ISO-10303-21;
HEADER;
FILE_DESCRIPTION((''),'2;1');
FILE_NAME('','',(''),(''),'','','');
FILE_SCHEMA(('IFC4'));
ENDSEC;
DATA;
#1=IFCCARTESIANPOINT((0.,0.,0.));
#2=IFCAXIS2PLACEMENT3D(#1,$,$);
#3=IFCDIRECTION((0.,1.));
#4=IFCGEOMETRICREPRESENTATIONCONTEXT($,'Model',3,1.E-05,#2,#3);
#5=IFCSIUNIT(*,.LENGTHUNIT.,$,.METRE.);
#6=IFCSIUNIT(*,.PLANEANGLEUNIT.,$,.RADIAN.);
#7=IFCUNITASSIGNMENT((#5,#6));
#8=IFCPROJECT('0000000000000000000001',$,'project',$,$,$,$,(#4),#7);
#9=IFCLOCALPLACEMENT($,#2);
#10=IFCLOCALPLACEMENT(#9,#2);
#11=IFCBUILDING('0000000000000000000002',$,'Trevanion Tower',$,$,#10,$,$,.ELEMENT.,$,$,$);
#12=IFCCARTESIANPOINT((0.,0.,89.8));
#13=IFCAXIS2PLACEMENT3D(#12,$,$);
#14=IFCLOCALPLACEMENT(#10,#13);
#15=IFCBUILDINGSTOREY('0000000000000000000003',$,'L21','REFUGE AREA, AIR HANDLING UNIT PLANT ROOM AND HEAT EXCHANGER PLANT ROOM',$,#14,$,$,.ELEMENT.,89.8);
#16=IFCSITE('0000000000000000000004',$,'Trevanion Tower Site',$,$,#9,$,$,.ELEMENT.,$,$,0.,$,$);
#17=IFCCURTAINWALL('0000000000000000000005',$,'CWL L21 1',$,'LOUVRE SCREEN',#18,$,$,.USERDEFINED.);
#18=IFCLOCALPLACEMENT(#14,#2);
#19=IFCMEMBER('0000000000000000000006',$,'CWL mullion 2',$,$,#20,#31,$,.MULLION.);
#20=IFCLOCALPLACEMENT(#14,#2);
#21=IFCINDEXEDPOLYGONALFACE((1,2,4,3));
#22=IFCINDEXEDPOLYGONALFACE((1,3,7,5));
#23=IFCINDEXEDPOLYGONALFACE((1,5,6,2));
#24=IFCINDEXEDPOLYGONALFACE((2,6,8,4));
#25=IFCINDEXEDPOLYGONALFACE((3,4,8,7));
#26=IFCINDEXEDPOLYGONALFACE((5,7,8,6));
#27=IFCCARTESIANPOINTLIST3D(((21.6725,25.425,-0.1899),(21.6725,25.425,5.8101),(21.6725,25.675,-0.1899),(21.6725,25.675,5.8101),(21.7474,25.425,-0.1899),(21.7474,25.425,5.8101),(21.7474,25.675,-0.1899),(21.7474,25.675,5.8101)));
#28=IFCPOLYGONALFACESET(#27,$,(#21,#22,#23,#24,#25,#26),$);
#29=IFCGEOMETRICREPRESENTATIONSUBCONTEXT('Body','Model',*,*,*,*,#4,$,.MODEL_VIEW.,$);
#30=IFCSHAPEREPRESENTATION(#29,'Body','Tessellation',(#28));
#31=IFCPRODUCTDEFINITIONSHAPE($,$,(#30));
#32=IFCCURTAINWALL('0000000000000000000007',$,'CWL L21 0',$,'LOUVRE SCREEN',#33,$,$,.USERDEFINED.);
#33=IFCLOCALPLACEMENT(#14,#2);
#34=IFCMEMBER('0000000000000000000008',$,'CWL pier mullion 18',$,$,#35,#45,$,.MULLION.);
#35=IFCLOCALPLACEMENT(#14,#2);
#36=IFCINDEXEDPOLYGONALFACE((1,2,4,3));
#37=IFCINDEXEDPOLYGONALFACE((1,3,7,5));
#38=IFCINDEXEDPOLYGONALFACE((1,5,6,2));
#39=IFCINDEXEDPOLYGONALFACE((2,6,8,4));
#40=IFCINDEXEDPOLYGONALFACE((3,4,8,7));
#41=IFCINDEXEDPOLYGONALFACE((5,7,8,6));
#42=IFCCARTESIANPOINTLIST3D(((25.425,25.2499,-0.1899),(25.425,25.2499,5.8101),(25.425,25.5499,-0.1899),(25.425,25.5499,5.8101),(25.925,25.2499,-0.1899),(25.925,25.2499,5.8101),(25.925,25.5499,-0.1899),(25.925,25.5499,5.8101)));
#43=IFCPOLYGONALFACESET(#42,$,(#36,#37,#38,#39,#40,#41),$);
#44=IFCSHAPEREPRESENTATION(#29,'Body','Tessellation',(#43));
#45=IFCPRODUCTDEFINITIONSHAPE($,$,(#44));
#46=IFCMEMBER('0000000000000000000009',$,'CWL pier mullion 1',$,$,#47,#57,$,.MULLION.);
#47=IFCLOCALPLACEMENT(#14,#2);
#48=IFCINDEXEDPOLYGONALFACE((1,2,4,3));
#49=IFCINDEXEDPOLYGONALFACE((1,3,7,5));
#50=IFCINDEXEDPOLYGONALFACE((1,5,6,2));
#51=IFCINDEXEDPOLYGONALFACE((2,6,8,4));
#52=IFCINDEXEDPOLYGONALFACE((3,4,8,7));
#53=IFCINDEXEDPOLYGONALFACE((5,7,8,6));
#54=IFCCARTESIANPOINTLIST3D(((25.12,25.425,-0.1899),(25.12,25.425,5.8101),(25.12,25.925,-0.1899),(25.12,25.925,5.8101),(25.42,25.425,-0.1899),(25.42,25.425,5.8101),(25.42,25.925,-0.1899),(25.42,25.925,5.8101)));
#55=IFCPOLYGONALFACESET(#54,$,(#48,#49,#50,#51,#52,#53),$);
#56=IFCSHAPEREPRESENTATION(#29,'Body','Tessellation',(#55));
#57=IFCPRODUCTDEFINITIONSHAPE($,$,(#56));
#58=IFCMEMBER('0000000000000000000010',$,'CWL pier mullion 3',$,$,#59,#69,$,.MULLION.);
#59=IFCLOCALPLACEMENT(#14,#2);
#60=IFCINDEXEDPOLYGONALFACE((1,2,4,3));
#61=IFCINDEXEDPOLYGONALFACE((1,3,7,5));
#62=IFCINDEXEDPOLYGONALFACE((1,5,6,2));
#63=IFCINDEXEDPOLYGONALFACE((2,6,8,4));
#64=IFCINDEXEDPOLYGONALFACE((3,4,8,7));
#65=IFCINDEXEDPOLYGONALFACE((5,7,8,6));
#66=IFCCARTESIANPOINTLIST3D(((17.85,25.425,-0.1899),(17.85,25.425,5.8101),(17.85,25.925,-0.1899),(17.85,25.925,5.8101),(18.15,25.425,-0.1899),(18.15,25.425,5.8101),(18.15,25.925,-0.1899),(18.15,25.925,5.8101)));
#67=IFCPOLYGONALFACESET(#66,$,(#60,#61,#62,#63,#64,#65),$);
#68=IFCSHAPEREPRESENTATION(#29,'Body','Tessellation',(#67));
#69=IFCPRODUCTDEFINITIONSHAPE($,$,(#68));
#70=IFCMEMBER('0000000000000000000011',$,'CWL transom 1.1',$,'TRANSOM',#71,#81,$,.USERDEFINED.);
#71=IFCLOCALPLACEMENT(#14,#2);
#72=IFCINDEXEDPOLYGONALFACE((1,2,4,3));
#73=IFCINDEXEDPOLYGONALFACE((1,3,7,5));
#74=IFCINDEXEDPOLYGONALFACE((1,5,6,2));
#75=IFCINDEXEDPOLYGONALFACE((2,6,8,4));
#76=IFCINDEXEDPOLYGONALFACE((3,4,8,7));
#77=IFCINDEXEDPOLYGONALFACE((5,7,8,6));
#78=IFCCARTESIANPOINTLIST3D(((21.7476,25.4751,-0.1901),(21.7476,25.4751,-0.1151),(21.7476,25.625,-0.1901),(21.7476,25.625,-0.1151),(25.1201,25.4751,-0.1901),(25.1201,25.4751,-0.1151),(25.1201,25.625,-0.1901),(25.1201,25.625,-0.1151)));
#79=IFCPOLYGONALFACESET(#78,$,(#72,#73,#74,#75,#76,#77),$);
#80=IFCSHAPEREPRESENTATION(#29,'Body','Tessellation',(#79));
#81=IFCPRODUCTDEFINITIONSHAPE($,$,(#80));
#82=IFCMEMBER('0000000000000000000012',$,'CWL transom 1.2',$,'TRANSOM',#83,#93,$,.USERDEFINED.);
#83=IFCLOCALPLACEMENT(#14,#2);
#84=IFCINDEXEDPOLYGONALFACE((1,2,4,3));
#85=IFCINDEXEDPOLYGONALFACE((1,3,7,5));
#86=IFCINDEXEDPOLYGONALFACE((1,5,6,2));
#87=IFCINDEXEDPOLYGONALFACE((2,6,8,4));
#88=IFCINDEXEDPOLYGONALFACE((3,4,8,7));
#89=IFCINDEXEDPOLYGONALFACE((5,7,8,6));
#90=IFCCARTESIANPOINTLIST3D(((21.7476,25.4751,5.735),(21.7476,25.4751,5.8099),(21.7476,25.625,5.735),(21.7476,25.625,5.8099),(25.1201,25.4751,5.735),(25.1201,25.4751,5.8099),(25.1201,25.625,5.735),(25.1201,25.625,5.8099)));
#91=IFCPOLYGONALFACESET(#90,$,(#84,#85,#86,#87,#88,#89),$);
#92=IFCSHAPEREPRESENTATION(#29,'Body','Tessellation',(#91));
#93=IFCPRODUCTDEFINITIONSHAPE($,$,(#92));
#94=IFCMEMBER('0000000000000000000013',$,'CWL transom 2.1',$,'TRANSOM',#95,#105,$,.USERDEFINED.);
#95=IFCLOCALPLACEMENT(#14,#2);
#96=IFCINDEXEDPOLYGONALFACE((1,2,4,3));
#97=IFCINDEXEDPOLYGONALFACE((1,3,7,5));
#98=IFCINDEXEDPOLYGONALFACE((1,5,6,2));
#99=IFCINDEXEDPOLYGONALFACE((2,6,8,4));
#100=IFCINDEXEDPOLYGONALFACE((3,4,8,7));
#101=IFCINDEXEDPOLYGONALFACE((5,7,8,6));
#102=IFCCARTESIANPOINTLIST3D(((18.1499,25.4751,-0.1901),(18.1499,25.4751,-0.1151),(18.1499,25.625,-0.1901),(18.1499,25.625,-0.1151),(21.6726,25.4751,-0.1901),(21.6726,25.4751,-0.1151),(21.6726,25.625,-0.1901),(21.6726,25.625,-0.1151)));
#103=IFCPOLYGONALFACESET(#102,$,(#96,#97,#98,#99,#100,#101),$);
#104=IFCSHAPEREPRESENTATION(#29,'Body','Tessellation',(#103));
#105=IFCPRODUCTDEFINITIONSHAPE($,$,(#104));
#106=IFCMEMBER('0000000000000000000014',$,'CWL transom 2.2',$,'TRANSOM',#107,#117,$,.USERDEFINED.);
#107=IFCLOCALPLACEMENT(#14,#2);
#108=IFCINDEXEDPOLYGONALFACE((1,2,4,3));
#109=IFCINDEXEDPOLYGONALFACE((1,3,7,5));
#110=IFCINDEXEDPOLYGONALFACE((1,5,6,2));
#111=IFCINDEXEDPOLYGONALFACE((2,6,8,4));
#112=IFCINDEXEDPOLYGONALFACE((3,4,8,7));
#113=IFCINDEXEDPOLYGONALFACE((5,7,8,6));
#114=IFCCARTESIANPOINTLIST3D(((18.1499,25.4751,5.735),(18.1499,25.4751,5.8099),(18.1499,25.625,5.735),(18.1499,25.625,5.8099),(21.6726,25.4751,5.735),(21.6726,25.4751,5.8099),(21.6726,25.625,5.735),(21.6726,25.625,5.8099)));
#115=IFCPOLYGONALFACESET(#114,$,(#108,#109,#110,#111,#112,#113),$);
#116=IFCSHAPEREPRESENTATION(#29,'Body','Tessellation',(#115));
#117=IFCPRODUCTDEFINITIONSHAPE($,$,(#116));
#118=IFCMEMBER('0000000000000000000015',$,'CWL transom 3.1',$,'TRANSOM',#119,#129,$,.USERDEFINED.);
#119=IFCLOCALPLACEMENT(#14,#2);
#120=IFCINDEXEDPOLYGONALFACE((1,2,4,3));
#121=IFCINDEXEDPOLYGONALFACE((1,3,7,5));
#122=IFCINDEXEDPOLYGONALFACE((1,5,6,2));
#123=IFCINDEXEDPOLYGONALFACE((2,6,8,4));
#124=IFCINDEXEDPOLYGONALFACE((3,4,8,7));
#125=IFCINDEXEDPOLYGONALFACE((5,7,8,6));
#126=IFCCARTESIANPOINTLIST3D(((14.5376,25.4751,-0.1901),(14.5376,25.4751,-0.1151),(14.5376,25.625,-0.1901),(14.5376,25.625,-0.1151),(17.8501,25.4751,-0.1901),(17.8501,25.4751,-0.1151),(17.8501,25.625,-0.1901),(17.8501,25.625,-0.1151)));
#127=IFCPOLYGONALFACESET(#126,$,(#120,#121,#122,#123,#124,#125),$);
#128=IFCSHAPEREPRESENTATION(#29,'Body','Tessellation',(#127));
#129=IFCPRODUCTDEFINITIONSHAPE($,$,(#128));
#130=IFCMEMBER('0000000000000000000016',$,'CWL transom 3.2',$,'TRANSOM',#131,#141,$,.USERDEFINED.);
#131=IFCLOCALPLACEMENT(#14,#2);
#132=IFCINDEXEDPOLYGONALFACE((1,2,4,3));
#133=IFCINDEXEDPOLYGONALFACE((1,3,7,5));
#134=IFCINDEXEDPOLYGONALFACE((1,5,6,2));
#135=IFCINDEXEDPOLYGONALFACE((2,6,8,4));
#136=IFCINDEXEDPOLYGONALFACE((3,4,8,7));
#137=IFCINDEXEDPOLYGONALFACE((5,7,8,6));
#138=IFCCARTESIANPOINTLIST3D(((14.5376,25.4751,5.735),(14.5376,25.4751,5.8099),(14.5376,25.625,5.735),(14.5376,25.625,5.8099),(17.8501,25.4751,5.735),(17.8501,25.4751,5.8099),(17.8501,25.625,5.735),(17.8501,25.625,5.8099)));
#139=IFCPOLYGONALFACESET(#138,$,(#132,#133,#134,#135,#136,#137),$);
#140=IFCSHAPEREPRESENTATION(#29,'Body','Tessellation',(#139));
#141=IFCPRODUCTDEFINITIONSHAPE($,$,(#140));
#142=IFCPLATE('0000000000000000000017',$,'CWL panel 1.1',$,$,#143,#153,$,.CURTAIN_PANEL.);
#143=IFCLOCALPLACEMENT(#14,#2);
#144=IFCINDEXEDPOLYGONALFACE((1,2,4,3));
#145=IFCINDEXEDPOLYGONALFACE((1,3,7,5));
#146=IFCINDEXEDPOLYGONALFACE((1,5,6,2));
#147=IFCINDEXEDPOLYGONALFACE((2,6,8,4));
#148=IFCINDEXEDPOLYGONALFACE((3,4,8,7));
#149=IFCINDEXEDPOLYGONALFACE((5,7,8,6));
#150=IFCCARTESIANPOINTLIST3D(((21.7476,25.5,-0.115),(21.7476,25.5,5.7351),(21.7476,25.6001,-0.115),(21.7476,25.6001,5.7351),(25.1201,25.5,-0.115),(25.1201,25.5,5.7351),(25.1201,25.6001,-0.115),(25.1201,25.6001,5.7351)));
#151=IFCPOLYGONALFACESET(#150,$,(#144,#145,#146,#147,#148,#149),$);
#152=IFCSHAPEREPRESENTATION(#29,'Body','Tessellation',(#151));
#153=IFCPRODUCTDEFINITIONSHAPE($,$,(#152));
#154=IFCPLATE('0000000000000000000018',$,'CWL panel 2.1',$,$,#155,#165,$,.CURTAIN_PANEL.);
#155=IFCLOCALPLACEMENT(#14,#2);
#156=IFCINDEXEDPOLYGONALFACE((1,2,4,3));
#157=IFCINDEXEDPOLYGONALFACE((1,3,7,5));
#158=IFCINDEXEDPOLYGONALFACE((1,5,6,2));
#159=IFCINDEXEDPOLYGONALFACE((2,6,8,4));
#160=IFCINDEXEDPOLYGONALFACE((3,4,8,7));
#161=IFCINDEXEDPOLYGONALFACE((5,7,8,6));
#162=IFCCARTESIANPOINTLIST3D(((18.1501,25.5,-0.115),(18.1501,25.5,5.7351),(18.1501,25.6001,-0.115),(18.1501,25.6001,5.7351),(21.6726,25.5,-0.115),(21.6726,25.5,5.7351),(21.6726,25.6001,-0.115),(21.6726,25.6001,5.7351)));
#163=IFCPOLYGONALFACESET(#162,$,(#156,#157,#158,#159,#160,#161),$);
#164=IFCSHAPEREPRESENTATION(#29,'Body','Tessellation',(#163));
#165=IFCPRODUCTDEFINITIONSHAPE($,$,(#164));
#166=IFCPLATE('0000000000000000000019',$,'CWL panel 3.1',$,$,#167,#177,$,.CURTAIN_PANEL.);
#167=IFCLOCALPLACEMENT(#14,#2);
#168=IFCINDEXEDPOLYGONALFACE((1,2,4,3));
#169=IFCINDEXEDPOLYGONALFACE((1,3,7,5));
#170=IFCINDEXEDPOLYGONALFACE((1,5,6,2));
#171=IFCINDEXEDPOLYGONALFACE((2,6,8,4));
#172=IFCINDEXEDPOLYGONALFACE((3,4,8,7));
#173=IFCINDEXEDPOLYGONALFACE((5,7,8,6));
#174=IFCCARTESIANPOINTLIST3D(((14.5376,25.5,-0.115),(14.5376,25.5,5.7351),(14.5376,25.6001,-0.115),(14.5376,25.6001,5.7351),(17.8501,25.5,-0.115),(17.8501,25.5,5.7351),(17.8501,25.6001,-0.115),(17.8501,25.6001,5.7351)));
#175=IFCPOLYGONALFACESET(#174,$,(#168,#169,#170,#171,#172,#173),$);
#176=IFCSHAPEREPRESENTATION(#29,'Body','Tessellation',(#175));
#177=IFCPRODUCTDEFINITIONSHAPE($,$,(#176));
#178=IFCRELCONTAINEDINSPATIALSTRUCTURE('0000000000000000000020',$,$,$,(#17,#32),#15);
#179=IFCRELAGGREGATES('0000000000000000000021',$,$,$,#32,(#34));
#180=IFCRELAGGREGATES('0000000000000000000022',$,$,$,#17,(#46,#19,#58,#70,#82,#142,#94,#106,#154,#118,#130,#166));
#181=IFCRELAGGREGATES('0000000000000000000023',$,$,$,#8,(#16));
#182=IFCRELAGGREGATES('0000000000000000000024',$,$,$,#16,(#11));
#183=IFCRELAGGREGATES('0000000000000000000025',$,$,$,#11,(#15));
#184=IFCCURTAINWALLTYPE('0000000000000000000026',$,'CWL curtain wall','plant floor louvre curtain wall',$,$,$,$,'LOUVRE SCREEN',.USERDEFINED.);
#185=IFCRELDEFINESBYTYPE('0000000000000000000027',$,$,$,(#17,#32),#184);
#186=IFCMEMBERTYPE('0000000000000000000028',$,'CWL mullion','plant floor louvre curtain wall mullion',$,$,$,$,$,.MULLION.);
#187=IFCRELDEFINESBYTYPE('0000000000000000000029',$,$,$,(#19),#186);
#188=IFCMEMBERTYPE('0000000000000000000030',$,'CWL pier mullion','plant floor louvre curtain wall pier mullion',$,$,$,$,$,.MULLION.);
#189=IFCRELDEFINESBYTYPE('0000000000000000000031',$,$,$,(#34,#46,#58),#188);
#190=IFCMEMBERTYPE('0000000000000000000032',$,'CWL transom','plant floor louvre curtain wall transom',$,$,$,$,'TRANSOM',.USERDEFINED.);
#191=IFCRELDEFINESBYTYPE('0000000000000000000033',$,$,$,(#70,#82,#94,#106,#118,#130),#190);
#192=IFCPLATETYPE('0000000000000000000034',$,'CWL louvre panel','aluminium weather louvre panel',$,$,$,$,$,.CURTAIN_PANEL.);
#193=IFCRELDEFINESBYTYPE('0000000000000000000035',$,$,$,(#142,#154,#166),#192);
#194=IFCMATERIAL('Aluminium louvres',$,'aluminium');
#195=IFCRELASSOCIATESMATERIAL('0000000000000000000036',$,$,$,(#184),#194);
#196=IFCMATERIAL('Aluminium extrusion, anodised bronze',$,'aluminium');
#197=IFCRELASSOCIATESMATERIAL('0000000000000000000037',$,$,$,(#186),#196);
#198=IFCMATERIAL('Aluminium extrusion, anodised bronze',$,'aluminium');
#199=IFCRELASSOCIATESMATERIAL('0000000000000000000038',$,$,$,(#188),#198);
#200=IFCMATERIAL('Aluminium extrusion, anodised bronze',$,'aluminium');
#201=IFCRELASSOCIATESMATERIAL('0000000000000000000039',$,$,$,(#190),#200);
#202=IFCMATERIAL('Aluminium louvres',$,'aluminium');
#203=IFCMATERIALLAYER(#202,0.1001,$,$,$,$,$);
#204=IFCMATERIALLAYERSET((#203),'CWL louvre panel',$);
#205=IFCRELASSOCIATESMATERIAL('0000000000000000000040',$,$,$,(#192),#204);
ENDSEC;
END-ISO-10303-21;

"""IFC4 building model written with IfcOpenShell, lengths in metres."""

from ifc_helpers import new_model, si_unit, direction, frame, origin, origin_2d, place, context, subcontext, project, spatial, rectangle, extrude, material, layer, layer_set, material_profile, profile_set, type_object, element, aggregate, save


model = new_model("IFC4")

# Units and contexts
model_context = context("Model", 3, precision=1e-05, world=origin(), true_north=direction((0.0, 1.0)))
body_context = subcontext(model_context, "Body", "Model", "MODEL_VIEW")
ifc_project = project(units=[si_unit("LENGTHUNIT", "METRE"), si_unit("PLANEANGLEUNIT", "RADIAN")], contexts=[model_context])

# Site, building, storey
site_placement = place(None, origin())
site = spatial("IfcSite", under=ifc_project, at=site_placement, Name="Trevanion Tower Site", CompositionType="ELEMENT", RefElevation=0.0)
building_placement = place(site_placement, origin())
building = spatial("IfcBuilding", under=site, at=building_placement, Name="Trevanion Tower", CompositionType="ELEMENT")
storey_placement = place(building_placement, frame((0.0, 0.0, 89.8)))
storey = spatial("IfcBuildingStorey", under=building, at=storey_placement, Name="L21", Description="REFUGE AREA, AIR HANDLING UNIT PLANT ROOM AND HEAT EXCHANGER PLANT ROOM", CompositionType="ELEMENT", Elevation=89.8)

# Curtain walls, members
ifc_material_1 = material(Name="Aluminium louvres", Category="aluminium")
curtain_wall_type = type_object("IfcCurtainWallType", Name="CWL curtain wall", Description="plant floor louvre curtain wall", ElementType="LOUVRE SCREEN", PredefinedType="USERDEFINED", material=ifc_material_1)
curtain_wall_1_placement = place(storey_placement, origin())
curtain_wall_1 = element("IfcCurtainWall", 1, at=curtain_wall_1_placement, inside=storey, type_object=curtain_wall_type, Name="CWL L21 1", ObjectType="LOUVRE SCREEN", PredefinedType="USERDEFINED")
ifc_material_2 = material(Name="Aluminium extrusion, anodised bronze", Category="aluminium")
ifc_material_profile_1 = material_profile(ifc_material_2, rectangle(XDim=0.075, YDim=0.25, at=origin_2d()), Name="CWL mullion")
ifc_profile_set_1 = profile_set([ifc_material_profile_1], Name="Aluminium extrusion, anodised bronze")
member_type_1 = type_object("IfcMemberType", Name="CWL mullion", Description="plant floor louvre curtain wall mullion", PredefinedType="MULLION", material=ifc_profile_set_1)
member_1_placement = place(storey_placement, frame((21.71, 25.55, -0.1899), z_axis=(0.0, 0.0, 1.0), x_axis=(-1.0, 0.0, 0.0)))
member_1 = element("IfcMember", 2, at=member_1_placement, type_object=member_type_1, Name="CWL mullion 2", PredefinedType="MULLION", context=body_context, shape_type="SweptSolid", body=[
    extrude(rectangle(XDim=0.075, YDim=0.25, at=origin_2d()), origin(), (0.0, 0.0, 1.0), 6.0),
])
curtain_wall_2_placement = place(storey_placement, origin())
curtain_wall_2 = element("IfcCurtainWall", 3, at=curtain_wall_2_placement, inside=storey, type_object=curtain_wall_type, Name="CWL L21 0", ObjectType="LOUVRE SCREEN", PredefinedType="USERDEFINED")
ifc_material_3 = material(Name="Aluminium extrusion, anodised bronze", Category="aluminium")
ifc_material_profile_2 = material_profile(ifc_material_3, rectangle(XDim=0.3, YDim=0.5, at=origin_2d()), Name="CWL pier mullion")
ifc_profile_set_2 = profile_set([ifc_material_profile_2], Name="Aluminium extrusion, anodised bronze")
member_type_2 = type_object("IfcMemberType", Name="CWL pier mullion", Description="plant floor louvre curtain wall pier mullion", PredefinedType="MULLION", material=ifc_profile_set_2)
member_2_placement = place(storey_placement, frame((25.675, 25.3999, -0.1899), z_axis=(0.0, 0.0, 1.0), x_axis=(0.0, 1.0, 0.0)))
member_2 = element("IfcMember", 4, at=member_2_placement, type_object=member_type_2, Name="CWL pier mullion 18", PredefinedType="MULLION", context=body_context, shape_type="SweptSolid", body=[
    extrude(rectangle(XDim=0.3, YDim=0.5, at=origin_2d()), origin(), (0.0, 0.0, 1.0), 6.0),
])
aggregate(curtain_wall_2, [member_2])

# Members
member_3_placement = place(storey_placement, frame((25.27, 25.675, -0.1899), z_axis=(0.0, 0.0, 1.0), x_axis=(-1.0, 0.0, 0.0)))
member_3 = element("IfcMember", 5, at=member_3_placement, type_object=member_type_2, Name="CWL pier mullion 1", PredefinedType="MULLION", context=body_context, shape_type="SweptSolid", body=[
    extrude(rectangle(XDim=0.3, YDim=0.5, at=origin_2d()), origin(), (0.0, 0.0, 1.0), 6.0),
])
member_4_placement = place(storey_placement, frame((18.0, 25.675, -0.1899), z_axis=(0.0, 0.0, 1.0), x_axis=(-1.0, 0.0, 0.0)))
member_4 = element("IfcMember", 6, at=member_4_placement, type_object=member_type_2, Name="CWL pier mullion 3", PredefinedType="MULLION", context=body_context, shape_type="SweptSolid", body=[
    extrude(rectangle(XDim=0.3, YDim=0.5, at=origin_2d()), origin(), (0.0, 0.0, 1.0), 6.0),
])
ifc_material_4 = material(Name="Aluminium extrusion, anodised bronze", Category="aluminium")
ifc_material_profile_3 = material_profile(ifc_material_4, rectangle(XDim=0.1499, YDim=0.075, at=origin_2d()), Name="CWL transom")
ifc_profile_set_3 = profile_set([ifc_material_profile_3], Name="Aluminium extrusion, anodised bronze")
member_type_3 = type_object("IfcMemberType", Name="CWL transom", Description="plant floor louvre curtain wall transom", ElementType="TRANSOM", PredefinedType="USERDEFINED", material=ifc_profile_set_3)
member_5_placement = place(storey_placement, frame((25.1201, 25.55, -0.1526), z_axis=(-1.0, 0.0, 0.0), x_axis=(0.0, -1.0, 0.0)))
member_5 = element("IfcMember", 7, at=member_5_placement, type_object=member_type_3, Name="CWL transom 1.1", ObjectType="TRANSOM", PredefinedType="USERDEFINED", context=body_context, shape_type="SweptSolid", body=[
    extrude(rectangle(XDim=0.1499, YDim=0.075, at=origin_2d()), origin(), (0.0, 0.0, 1.0), 3.3726),
])
member_6_placement = place(storey_placement, frame((25.1201, 25.55, 5.7725), z_axis=(-1.0, 0.0, 0.0), x_axis=(0.0, -1.0, 0.0)))
member_6 = element("IfcMember", 8, at=member_6_placement, type_object=member_type_3, Name="CWL transom 1.2", ObjectType="TRANSOM", PredefinedType="USERDEFINED", context=body_context, shape_type="SweptSolid", body=[
    extrude(rectangle(XDim=0.1499, YDim=0.075, at=origin_2d()), origin(), (0.0, 0.0, 1.0), 3.3726),
])
member_7_placement = place(storey_placement, frame((21.6726, 25.55, -0.1526), z_axis=(-1.0, 0.0, 0.0), x_axis=(0.0, -1.0, 0.0)))
member_7 = element("IfcMember", 9, at=member_7_placement, type_object=member_type_3, Name="CWL transom 2.1", ObjectType="TRANSOM", PredefinedType="USERDEFINED", context=body_context, shape_type="SweptSolid", body=[
    extrude(rectangle(XDim=0.1499, YDim=0.075, at=origin_2d()), origin(), (0.0, 0.0, 1.0), 3.5227),
])
member_8_placement = place(storey_placement, frame((21.6726, 25.55, 5.7725), z_axis=(-1.0, 0.0, 0.0), x_axis=(0.0, -1.0, 0.0)))
member_8 = element("IfcMember", 10, at=member_8_placement, type_object=member_type_3, Name="CWL transom 2.2", ObjectType="TRANSOM", PredefinedType="USERDEFINED", context=body_context, shape_type="SweptSolid", body=[
    extrude(rectangle(XDim=0.1499, YDim=0.075, at=origin_2d()), origin(), (0.0, 0.0, 1.0), 3.5227),
])
member_9_placement = place(storey_placement, frame((17.8501, 25.55, -0.1526), z_axis=(-1.0, 0.0, 0.0), x_axis=(0.0, -1.0, 0.0)))
member_9 = element("IfcMember", 11, at=member_9_placement, type_object=member_type_3, Name="CWL transom 3.1", ObjectType="TRANSOM", PredefinedType="USERDEFINED", context=body_context, shape_type="SweptSolid", body=[
    extrude(rectangle(XDim=0.1499, YDim=0.075, at=origin_2d()), origin(), (0.0, 0.0, 1.0), 3.3125),
])
member_10_placement = place(storey_placement, frame((17.8501, 25.55, 5.7725), z_axis=(-1.0, 0.0, 0.0), x_axis=(0.0, -1.0, 0.0)))
member_10 = element("IfcMember", 12, at=member_10_placement, type_object=member_type_3, Name="CWL transom 3.2", ObjectType="TRANSOM", PredefinedType="USERDEFINED", context=body_context, shape_type="SweptSolid", body=[
    extrude(rectangle(XDim=0.1499, YDim=0.075, at=origin_2d()), origin(), (0.0, 0.0, 1.0), 3.3125),
])

# Plates
ifc_material_5 = material(Name="Aluminium louvres", Category="aluminium")
ifc_layer = layer(ifc_material_5, 0.1001)
ifc_layer_set = layer_set([ifc_layer], Name="CWL louvre panel")
plate_type = type_object("IfcPlateType", Name="CWL louvre panel", Description="aluminium weather louvre panel", PredefinedType="CURTAIN_PANEL", material=ifc_layer_set)
plate_1_placement = place(storey_placement, frame((23.4338, 25.55, -0.115), z_axis=(0.0, 0.0, 1.0), x_axis=(-1.0, 0.0, 0.0)))
plate_1 = element("IfcPlate", 13, at=plate_1_placement, type_object=plate_type, Name="CWL panel 1.1", PredefinedType="CURTAIN_PANEL", context=body_context, shape_type="SweptSolid", body=[
    extrude(rectangle(XDim=3.3726, YDim=0.1001, at=origin_2d()), origin(), (0.0, 0.0, 1.0), 5.8501),
])
plate_2_placement = place(storey_placement, frame((19.9114, 25.55, -0.115), z_axis=(0.0, 0.0, 1.0), x_axis=(-1.0, 0.0, 0.0)))
plate_2 = element("IfcPlate", 14, at=plate_2_placement, type_object=plate_type, Name="CWL panel 2.1", PredefinedType="CURTAIN_PANEL", context=body_context, shape_type="SweptSolid", body=[
    extrude(rectangle(XDim=3.5225, YDim=0.1001, at=origin_2d()), origin(), (0.0, 0.0, 1.0), 5.8501),
])
plate_3_placement = place(storey_placement, frame((16.1938, 25.55, -0.115), z_axis=(0.0, 0.0, 1.0), x_axis=(-1.0, 0.0, 0.0)))
plate_3 = element("IfcPlate", 15, at=plate_3_placement, type_object=plate_type, Name="CWL panel 3.1", PredefinedType="CURTAIN_PANEL", context=body_context, shape_type="SweptSolid", body=[
    extrude(rectangle(XDim=3.3125, YDim=0.1001, at=origin_2d()), origin(), (0.0, 0.0, 1.0), 5.8501),
])
aggregate(curtain_wall_1, [member_3, member_1, member_4, member_5, member_6, plate_1, member_7, member_8, plate_2, member_9, member_10, plate_3])

save(model, "model.ifc")
